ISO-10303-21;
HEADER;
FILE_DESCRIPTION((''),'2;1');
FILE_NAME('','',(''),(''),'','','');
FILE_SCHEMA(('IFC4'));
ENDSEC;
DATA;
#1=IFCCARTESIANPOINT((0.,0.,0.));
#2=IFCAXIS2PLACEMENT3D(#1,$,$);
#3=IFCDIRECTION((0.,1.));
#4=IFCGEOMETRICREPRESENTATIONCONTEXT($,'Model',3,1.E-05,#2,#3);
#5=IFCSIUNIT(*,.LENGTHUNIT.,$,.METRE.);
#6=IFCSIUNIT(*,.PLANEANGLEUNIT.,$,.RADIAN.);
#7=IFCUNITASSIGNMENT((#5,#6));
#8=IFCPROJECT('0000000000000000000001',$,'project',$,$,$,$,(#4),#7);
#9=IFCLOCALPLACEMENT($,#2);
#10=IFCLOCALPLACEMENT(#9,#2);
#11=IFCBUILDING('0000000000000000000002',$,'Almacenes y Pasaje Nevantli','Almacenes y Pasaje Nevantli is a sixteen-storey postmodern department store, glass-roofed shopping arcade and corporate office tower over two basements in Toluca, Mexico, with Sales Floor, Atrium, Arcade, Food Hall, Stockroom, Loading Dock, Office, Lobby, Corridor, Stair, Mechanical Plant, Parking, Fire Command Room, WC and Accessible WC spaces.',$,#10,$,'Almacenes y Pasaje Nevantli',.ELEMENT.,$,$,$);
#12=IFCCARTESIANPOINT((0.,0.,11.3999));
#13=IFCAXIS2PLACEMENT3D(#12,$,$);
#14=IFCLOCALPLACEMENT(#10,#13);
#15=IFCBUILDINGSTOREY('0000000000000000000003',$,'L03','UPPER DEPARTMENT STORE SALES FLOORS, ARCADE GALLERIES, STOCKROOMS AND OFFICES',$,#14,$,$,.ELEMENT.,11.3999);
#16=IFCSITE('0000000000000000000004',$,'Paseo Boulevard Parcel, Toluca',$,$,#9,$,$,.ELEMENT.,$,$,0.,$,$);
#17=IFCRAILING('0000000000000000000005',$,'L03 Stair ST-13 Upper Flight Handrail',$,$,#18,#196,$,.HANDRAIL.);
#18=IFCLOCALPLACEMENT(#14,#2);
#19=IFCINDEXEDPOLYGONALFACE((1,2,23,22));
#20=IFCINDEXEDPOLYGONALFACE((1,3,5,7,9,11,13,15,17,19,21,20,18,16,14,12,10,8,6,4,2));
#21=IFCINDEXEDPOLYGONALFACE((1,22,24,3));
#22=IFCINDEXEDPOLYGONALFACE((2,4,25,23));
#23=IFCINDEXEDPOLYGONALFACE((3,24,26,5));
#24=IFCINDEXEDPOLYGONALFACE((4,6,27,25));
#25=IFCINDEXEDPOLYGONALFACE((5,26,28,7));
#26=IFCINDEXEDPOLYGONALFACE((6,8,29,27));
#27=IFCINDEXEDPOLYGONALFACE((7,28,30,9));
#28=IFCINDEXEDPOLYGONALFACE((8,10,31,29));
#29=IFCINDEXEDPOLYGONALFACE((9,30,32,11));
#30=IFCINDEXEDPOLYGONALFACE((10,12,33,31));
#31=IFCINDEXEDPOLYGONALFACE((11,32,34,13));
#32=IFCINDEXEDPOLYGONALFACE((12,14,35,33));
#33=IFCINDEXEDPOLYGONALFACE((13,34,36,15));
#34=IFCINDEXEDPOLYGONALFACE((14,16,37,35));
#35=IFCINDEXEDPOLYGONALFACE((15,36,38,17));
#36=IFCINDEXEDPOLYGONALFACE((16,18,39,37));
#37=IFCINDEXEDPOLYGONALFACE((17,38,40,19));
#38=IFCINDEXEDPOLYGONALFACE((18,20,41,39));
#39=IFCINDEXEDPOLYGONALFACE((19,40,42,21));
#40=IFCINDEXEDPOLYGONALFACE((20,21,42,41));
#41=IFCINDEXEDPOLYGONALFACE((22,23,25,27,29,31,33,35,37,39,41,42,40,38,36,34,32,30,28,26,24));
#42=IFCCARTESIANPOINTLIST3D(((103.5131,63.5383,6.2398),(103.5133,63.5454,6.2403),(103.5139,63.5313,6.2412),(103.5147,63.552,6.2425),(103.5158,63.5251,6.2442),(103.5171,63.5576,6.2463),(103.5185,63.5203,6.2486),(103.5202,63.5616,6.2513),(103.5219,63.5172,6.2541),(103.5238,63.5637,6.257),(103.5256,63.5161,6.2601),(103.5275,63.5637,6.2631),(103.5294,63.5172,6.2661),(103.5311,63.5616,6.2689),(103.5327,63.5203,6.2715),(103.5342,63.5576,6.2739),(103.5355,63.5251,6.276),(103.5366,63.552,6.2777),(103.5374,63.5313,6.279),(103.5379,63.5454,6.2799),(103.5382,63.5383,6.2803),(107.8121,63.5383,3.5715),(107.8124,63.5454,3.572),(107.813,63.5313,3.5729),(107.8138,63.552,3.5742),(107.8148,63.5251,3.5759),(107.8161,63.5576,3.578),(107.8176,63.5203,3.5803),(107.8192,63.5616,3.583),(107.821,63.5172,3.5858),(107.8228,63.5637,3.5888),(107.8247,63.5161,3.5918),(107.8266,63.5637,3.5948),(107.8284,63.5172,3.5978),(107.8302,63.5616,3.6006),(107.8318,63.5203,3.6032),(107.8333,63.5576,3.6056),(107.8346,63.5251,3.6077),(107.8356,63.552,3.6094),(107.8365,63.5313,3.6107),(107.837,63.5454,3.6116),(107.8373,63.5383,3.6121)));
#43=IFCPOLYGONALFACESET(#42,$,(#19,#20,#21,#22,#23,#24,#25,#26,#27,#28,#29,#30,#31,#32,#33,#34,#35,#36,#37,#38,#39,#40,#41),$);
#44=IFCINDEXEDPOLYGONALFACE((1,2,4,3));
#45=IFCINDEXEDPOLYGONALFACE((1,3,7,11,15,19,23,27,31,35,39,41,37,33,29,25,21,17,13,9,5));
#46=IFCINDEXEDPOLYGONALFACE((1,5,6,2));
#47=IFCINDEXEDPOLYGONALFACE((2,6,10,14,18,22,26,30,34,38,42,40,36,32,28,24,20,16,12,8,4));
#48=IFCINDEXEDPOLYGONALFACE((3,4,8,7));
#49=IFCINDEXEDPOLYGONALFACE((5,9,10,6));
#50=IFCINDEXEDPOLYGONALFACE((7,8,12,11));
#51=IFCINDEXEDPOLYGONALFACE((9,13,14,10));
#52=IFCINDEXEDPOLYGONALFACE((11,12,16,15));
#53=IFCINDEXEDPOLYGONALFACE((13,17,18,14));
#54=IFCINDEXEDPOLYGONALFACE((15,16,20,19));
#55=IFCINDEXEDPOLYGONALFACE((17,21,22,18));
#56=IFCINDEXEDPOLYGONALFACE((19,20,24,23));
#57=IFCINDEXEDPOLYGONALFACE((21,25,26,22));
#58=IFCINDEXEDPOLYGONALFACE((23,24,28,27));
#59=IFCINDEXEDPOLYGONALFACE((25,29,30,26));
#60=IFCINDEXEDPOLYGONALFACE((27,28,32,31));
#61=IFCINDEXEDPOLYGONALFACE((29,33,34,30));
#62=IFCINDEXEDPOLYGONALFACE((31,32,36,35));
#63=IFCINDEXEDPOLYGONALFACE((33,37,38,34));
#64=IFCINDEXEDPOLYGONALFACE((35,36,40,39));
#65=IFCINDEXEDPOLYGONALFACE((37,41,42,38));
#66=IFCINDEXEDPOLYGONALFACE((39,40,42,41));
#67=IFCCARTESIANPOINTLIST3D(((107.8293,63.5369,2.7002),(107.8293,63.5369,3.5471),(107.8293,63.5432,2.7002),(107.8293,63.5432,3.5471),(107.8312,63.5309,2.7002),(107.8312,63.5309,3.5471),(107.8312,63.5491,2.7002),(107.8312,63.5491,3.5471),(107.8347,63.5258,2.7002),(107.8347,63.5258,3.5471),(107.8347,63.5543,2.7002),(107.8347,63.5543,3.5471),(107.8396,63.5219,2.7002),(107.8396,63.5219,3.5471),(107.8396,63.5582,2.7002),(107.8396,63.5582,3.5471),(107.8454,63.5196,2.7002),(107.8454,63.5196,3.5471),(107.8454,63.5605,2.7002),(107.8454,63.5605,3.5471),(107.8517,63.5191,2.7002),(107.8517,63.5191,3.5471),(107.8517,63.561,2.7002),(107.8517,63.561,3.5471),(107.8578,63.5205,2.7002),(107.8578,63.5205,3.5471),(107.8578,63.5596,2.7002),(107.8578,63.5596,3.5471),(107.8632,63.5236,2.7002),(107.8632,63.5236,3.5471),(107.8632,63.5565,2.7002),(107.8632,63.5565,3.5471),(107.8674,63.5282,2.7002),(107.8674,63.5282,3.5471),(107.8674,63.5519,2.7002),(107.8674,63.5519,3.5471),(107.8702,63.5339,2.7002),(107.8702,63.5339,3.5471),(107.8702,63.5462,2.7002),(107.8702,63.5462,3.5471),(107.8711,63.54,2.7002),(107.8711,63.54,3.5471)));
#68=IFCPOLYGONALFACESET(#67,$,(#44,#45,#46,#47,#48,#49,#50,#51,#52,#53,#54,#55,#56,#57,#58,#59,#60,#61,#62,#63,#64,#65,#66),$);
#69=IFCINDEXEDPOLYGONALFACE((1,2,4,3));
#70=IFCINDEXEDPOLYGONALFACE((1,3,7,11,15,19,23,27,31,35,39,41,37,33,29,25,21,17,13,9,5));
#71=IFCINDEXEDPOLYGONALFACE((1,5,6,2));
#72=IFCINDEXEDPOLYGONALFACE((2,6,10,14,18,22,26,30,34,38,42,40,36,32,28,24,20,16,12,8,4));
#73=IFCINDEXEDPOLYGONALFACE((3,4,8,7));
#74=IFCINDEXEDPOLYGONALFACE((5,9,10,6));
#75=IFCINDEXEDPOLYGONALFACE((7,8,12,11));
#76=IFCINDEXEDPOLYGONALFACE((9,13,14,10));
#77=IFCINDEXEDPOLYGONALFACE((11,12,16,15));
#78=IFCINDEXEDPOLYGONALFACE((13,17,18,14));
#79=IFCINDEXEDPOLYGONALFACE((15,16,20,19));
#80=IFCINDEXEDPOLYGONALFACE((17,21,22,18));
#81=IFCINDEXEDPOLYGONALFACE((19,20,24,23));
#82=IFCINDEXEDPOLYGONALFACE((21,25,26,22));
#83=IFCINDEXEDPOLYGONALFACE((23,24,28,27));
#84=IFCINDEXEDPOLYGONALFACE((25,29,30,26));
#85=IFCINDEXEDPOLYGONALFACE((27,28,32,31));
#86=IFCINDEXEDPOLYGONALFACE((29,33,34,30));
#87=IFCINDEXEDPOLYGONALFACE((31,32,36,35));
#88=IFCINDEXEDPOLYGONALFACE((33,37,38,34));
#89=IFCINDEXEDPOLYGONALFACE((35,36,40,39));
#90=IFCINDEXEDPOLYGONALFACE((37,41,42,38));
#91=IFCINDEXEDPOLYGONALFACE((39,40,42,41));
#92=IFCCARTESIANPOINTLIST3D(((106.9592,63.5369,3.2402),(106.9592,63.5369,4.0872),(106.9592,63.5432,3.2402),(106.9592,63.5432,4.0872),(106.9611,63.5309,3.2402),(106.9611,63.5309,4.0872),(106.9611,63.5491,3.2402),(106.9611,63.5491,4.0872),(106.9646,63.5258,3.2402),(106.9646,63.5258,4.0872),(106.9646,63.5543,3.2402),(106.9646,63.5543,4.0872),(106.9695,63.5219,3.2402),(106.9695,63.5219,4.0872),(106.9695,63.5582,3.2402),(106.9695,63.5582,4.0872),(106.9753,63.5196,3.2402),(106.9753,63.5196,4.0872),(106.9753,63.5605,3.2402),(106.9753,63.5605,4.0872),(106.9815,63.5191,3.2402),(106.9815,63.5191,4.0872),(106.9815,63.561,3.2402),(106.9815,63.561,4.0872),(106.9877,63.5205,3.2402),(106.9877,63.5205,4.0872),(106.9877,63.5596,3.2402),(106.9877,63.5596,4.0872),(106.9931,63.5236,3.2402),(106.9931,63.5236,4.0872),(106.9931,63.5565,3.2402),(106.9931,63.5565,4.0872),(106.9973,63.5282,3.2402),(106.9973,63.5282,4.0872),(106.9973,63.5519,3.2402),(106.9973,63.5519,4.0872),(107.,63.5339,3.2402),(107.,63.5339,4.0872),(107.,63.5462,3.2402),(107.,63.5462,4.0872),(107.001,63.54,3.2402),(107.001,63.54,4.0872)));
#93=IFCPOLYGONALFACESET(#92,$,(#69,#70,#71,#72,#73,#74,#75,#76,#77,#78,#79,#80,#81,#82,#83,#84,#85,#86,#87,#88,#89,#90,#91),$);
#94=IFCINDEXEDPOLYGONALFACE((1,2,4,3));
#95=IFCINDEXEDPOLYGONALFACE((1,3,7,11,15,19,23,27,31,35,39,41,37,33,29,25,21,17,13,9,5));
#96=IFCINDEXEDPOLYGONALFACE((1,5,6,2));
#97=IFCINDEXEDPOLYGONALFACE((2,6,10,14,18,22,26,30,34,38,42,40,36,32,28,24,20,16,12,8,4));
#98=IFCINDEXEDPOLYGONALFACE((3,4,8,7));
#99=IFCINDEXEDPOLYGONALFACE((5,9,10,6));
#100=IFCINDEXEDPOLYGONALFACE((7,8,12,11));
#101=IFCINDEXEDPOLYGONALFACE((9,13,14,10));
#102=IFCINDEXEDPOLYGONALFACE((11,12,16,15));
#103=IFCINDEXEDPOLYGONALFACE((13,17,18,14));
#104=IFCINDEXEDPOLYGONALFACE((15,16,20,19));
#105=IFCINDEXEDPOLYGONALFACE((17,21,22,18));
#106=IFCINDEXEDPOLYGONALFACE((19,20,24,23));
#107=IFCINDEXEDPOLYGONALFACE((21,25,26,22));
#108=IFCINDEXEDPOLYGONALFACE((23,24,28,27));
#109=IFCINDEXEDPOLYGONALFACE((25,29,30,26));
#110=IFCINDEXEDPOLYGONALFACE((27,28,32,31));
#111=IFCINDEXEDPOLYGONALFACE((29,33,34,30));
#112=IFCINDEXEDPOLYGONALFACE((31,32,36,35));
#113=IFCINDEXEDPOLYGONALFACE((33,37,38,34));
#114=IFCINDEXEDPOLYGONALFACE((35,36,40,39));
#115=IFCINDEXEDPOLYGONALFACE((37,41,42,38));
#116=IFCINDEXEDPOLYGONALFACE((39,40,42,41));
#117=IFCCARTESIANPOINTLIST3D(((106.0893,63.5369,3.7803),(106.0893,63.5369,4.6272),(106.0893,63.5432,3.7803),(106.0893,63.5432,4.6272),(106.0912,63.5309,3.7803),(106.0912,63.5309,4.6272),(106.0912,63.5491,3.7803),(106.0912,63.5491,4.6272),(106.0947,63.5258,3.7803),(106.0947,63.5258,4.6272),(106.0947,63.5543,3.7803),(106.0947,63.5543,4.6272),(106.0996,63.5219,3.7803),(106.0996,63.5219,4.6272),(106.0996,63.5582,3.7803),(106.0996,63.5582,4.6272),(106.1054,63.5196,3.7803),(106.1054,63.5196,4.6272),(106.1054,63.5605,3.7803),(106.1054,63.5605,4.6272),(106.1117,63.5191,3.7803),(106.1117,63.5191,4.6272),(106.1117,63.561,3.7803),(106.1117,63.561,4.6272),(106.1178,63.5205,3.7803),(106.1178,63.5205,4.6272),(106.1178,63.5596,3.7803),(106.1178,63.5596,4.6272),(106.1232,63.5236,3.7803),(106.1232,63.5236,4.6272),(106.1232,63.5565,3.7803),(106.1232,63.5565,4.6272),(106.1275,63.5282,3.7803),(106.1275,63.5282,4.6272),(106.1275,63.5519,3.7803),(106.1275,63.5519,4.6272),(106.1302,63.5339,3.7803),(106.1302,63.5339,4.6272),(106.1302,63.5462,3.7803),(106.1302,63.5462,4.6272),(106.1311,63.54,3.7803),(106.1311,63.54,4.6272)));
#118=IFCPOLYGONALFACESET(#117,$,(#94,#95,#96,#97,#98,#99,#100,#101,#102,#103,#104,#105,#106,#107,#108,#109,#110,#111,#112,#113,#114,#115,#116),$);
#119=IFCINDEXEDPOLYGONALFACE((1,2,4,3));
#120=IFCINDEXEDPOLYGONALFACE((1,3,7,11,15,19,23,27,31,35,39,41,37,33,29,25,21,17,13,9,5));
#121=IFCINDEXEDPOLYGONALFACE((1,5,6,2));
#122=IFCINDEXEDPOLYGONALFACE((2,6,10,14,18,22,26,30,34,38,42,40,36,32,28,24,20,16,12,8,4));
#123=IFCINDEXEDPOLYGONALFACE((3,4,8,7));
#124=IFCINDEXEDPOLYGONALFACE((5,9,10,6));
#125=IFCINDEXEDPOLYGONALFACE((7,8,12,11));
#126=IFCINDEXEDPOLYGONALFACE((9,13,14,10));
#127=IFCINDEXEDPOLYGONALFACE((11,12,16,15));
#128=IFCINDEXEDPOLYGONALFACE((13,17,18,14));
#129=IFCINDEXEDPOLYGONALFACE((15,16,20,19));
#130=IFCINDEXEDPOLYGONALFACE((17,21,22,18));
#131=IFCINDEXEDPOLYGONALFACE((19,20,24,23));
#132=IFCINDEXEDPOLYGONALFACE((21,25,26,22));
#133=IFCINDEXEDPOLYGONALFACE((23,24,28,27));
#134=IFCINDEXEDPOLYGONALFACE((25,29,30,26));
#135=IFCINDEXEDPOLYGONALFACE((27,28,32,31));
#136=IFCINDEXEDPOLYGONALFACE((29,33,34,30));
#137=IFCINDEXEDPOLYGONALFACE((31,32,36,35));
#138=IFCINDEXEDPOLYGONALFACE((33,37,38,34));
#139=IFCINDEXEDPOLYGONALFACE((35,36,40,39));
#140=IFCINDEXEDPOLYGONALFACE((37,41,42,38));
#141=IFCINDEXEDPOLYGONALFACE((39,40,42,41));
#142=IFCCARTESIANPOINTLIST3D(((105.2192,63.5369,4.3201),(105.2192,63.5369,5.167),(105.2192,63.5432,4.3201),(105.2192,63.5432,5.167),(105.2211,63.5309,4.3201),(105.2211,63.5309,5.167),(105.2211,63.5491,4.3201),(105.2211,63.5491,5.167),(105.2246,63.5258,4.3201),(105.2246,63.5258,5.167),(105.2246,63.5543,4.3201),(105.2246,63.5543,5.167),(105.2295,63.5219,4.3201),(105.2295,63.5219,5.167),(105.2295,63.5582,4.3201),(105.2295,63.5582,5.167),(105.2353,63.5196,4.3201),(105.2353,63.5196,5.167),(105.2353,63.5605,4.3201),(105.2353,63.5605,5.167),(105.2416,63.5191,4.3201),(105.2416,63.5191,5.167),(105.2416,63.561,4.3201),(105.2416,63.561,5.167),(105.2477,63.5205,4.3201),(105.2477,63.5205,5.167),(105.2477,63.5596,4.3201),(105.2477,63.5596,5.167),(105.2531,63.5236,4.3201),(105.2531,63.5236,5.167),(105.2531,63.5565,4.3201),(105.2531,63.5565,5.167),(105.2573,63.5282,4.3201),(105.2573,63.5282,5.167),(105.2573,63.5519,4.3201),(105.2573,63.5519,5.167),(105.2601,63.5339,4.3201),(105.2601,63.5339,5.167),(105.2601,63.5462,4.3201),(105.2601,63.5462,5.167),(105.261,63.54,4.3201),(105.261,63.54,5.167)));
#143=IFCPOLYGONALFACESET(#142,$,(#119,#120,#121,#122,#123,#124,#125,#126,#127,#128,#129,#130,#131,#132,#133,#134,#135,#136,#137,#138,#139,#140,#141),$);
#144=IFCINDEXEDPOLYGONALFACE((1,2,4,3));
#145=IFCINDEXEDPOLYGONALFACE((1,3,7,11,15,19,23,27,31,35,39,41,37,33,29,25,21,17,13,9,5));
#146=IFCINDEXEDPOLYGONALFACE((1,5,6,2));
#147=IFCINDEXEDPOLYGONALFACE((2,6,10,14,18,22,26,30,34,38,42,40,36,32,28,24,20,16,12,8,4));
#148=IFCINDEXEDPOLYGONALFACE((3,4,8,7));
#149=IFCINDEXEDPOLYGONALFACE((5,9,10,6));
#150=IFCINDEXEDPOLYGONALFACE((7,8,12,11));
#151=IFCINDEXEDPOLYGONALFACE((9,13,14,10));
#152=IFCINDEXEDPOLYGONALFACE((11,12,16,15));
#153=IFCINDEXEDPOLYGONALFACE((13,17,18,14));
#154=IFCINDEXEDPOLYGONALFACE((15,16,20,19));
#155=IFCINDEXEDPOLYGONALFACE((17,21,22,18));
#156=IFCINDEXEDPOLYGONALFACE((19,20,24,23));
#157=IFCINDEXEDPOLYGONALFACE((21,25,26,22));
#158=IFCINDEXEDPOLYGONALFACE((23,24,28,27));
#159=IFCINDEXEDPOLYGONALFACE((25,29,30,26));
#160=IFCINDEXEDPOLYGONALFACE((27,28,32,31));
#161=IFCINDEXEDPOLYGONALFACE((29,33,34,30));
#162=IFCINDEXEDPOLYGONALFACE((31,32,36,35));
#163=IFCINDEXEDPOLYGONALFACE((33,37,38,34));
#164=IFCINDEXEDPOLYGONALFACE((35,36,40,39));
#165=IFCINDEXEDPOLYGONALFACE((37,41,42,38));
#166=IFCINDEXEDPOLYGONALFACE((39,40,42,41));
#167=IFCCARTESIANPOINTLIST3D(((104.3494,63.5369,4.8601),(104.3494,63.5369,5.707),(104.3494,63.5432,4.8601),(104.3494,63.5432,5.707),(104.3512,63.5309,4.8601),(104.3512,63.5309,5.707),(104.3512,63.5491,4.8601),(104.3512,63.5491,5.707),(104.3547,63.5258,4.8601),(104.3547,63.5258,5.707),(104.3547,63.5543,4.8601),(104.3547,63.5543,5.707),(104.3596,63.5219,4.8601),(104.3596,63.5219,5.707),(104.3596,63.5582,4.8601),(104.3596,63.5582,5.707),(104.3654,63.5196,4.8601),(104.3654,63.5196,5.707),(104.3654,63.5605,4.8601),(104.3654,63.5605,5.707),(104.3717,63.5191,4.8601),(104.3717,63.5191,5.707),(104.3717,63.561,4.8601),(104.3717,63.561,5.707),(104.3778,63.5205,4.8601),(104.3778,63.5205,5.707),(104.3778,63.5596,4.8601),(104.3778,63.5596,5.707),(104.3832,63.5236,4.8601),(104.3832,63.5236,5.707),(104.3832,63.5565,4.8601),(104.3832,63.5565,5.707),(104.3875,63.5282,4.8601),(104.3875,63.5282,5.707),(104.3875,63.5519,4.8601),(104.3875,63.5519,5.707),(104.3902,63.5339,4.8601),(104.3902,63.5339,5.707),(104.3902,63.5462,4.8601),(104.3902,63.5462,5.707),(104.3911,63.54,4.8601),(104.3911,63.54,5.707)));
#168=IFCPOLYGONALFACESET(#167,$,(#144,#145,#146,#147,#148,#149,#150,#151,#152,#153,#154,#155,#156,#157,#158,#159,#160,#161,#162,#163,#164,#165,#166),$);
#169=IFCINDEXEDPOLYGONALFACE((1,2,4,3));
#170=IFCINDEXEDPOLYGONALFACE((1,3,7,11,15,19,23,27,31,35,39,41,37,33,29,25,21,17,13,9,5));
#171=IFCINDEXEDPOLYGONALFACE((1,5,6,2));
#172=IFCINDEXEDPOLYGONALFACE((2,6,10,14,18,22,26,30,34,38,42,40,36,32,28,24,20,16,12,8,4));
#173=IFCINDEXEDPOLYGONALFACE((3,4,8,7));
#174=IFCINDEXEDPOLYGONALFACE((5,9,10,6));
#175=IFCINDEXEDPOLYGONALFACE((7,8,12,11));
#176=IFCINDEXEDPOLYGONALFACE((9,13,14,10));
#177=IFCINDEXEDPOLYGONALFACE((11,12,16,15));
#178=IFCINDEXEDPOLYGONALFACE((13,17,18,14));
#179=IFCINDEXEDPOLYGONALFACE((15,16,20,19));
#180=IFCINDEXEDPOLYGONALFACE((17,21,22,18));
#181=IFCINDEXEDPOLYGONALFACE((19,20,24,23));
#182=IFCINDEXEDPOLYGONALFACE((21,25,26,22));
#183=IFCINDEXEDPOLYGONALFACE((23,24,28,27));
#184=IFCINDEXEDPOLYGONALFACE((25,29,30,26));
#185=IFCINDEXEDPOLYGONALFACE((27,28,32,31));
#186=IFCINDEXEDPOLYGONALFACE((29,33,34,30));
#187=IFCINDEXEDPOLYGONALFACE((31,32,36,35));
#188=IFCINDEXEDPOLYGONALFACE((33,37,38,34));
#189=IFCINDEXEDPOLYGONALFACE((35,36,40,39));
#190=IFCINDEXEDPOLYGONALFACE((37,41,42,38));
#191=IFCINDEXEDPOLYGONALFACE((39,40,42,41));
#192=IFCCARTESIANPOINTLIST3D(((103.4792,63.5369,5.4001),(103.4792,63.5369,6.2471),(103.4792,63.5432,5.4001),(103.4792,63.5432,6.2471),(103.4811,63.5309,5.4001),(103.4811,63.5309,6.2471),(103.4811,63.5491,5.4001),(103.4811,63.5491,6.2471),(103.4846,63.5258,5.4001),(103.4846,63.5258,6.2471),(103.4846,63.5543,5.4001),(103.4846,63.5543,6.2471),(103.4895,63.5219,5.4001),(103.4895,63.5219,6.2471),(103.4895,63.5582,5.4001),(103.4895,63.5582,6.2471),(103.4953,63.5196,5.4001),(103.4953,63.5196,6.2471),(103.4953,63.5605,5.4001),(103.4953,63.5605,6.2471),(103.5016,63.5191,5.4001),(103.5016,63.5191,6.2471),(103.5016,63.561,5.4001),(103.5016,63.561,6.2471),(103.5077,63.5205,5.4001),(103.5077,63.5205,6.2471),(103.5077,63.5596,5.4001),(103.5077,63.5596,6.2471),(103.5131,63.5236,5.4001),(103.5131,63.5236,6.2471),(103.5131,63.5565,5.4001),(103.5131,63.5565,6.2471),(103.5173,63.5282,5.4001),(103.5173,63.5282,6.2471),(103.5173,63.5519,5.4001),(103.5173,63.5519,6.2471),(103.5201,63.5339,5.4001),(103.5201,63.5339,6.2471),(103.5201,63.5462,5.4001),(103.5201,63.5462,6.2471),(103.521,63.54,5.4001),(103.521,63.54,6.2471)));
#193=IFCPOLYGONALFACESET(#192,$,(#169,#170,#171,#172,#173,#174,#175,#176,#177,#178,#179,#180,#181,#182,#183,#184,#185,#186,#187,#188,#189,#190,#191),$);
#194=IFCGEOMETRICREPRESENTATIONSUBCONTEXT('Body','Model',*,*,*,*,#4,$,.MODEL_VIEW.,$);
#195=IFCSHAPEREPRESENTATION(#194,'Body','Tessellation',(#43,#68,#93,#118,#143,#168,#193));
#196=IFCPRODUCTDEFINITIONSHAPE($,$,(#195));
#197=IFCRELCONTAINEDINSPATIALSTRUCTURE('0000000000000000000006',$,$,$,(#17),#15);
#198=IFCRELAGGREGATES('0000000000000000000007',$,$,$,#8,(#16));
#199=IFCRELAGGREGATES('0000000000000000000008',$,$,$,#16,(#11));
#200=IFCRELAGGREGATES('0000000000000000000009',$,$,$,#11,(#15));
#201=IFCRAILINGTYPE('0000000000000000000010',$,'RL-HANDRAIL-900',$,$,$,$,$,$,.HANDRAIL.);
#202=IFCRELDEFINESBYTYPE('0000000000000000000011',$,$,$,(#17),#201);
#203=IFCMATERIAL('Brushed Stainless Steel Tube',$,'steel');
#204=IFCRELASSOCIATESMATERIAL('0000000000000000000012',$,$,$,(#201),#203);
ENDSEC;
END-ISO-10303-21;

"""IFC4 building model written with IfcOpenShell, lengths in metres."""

from ifc_helpers import new_model, si_unit, direction, frame, origin, origin_2d, place, context, subcontext, project, spatial, circle, extrude, material, type_object, element, save


model = new_model("IFC4")

# Units and contexts
model_context = context("Model", 3, precision=1e-05, world=origin(), true_north=direction((0.0, 1.0)))
body_context = subcontext(model_context, "Body", "Model", "MODEL_VIEW")
ifc_project = project(units=[si_unit("LENGTHUNIT", "METRE"), si_unit("PLANEANGLEUNIT", "RADIAN")], contexts=[model_context])

# Site, building, storey
site_placement = place(None, origin())
site = spatial("IfcSite", under=ifc_project, at=site_placement, Name="Paseo Boulevard Parcel, Toluca", CompositionType="ELEMENT", RefElevation=0.0)
building_placement = place(site_placement, origin())
building = spatial("IfcBuilding", under=site, at=building_placement, Name="Almacenes y Pasaje Nevantli", Description="Almacenes y Pasaje Nevantli is a sixteen-storey postmodern department store, glass-roofed shopping arcade and corporate office tower over two basements in Toluca, Mexico, with Sales Floor, Atrium, Arcade, Food Hall, Stockroom, Loading Dock, Office, Lobby, Corridor, Stair, Mechanical Plant, Parking, Fire Command Room, WC and Accessible WC spaces.", LongName="Almacenes y Pasaje Nevantli", CompositionType="ELEMENT")
storey_placement = place(building_placement, frame((0.0, 0.0, 11.3999)))
storey = spatial("IfcBuildingStorey", under=building, at=storey_placement, Name="L03", Description="UPPER DEPARTMENT STORE SALES FLOORS, ARCADE GALLERIES, STOCKROOMS AND OFFICES", CompositionType="ELEMENT", Elevation=11.3999)

# Railing
ifc_material_1 = material(Name="Brushed Stainless Steel Tube", Category="steel")
railing_type_1 = type_object("IfcRailingType", Name="RL-HANDRAIL-900", PredefinedType="HANDRAIL", material=ifc_material_1)
railing_1_placement = place(storey_placement, frame((107.8501, 63.54, 2.7002)))
element("IfcRailing", 1, at=railing_1_placement, inside=storey, type_object=railing_type_1, Name="L03 Stair ST-13 Upper Flight Handrail", PredefinedType="HANDRAIL", context=body_context, shape_type="SweptSolid", body=[
    extrude(circle(Radius=0.0239, at=origin_2d()), frame((-0.0254, 0.0, 0.8916), z_axis=(-0.84965, 0.0, 0.527347), x_axis=(0.0, -1.0, 0.0)), (0.0, 0.0, 1.0), 5.0598),
    extrude(circle(Radius=0.021, at=origin_2d()), origin(), (0.0, 0.0, 1.0), 0.8469),
    extrude(circle(Radius=0.021, at=origin_2d()), frame((-0.8701, 0.0, 0.54)), (0.0, 0.0, 1.0), 0.8469),
    extrude(circle(Radius=0.021, at=origin_2d()), frame((-1.74, 0.0, 1.0801)), (0.0, 0.0, 1.0), 0.8469),
    extrude(circle(Radius=0.021, at=origin_2d()), frame((-2.6101, 0.0, 1.6199)), (0.0, 0.0, 1.0), 0.8469),
    extrude(circle(Radius=0.021, at=origin_2d()), frame((-3.48, 0.0, 2.1599)), (0.0, 0.0, 1.0), 0.8469),
    extrude(circle(Radius=0.021, at=origin_2d()), frame((-4.3501, 0.0, 2.7)), (0.0, 0.0, 1.0), 0.8469),
])

save(model, "model.ifc")
